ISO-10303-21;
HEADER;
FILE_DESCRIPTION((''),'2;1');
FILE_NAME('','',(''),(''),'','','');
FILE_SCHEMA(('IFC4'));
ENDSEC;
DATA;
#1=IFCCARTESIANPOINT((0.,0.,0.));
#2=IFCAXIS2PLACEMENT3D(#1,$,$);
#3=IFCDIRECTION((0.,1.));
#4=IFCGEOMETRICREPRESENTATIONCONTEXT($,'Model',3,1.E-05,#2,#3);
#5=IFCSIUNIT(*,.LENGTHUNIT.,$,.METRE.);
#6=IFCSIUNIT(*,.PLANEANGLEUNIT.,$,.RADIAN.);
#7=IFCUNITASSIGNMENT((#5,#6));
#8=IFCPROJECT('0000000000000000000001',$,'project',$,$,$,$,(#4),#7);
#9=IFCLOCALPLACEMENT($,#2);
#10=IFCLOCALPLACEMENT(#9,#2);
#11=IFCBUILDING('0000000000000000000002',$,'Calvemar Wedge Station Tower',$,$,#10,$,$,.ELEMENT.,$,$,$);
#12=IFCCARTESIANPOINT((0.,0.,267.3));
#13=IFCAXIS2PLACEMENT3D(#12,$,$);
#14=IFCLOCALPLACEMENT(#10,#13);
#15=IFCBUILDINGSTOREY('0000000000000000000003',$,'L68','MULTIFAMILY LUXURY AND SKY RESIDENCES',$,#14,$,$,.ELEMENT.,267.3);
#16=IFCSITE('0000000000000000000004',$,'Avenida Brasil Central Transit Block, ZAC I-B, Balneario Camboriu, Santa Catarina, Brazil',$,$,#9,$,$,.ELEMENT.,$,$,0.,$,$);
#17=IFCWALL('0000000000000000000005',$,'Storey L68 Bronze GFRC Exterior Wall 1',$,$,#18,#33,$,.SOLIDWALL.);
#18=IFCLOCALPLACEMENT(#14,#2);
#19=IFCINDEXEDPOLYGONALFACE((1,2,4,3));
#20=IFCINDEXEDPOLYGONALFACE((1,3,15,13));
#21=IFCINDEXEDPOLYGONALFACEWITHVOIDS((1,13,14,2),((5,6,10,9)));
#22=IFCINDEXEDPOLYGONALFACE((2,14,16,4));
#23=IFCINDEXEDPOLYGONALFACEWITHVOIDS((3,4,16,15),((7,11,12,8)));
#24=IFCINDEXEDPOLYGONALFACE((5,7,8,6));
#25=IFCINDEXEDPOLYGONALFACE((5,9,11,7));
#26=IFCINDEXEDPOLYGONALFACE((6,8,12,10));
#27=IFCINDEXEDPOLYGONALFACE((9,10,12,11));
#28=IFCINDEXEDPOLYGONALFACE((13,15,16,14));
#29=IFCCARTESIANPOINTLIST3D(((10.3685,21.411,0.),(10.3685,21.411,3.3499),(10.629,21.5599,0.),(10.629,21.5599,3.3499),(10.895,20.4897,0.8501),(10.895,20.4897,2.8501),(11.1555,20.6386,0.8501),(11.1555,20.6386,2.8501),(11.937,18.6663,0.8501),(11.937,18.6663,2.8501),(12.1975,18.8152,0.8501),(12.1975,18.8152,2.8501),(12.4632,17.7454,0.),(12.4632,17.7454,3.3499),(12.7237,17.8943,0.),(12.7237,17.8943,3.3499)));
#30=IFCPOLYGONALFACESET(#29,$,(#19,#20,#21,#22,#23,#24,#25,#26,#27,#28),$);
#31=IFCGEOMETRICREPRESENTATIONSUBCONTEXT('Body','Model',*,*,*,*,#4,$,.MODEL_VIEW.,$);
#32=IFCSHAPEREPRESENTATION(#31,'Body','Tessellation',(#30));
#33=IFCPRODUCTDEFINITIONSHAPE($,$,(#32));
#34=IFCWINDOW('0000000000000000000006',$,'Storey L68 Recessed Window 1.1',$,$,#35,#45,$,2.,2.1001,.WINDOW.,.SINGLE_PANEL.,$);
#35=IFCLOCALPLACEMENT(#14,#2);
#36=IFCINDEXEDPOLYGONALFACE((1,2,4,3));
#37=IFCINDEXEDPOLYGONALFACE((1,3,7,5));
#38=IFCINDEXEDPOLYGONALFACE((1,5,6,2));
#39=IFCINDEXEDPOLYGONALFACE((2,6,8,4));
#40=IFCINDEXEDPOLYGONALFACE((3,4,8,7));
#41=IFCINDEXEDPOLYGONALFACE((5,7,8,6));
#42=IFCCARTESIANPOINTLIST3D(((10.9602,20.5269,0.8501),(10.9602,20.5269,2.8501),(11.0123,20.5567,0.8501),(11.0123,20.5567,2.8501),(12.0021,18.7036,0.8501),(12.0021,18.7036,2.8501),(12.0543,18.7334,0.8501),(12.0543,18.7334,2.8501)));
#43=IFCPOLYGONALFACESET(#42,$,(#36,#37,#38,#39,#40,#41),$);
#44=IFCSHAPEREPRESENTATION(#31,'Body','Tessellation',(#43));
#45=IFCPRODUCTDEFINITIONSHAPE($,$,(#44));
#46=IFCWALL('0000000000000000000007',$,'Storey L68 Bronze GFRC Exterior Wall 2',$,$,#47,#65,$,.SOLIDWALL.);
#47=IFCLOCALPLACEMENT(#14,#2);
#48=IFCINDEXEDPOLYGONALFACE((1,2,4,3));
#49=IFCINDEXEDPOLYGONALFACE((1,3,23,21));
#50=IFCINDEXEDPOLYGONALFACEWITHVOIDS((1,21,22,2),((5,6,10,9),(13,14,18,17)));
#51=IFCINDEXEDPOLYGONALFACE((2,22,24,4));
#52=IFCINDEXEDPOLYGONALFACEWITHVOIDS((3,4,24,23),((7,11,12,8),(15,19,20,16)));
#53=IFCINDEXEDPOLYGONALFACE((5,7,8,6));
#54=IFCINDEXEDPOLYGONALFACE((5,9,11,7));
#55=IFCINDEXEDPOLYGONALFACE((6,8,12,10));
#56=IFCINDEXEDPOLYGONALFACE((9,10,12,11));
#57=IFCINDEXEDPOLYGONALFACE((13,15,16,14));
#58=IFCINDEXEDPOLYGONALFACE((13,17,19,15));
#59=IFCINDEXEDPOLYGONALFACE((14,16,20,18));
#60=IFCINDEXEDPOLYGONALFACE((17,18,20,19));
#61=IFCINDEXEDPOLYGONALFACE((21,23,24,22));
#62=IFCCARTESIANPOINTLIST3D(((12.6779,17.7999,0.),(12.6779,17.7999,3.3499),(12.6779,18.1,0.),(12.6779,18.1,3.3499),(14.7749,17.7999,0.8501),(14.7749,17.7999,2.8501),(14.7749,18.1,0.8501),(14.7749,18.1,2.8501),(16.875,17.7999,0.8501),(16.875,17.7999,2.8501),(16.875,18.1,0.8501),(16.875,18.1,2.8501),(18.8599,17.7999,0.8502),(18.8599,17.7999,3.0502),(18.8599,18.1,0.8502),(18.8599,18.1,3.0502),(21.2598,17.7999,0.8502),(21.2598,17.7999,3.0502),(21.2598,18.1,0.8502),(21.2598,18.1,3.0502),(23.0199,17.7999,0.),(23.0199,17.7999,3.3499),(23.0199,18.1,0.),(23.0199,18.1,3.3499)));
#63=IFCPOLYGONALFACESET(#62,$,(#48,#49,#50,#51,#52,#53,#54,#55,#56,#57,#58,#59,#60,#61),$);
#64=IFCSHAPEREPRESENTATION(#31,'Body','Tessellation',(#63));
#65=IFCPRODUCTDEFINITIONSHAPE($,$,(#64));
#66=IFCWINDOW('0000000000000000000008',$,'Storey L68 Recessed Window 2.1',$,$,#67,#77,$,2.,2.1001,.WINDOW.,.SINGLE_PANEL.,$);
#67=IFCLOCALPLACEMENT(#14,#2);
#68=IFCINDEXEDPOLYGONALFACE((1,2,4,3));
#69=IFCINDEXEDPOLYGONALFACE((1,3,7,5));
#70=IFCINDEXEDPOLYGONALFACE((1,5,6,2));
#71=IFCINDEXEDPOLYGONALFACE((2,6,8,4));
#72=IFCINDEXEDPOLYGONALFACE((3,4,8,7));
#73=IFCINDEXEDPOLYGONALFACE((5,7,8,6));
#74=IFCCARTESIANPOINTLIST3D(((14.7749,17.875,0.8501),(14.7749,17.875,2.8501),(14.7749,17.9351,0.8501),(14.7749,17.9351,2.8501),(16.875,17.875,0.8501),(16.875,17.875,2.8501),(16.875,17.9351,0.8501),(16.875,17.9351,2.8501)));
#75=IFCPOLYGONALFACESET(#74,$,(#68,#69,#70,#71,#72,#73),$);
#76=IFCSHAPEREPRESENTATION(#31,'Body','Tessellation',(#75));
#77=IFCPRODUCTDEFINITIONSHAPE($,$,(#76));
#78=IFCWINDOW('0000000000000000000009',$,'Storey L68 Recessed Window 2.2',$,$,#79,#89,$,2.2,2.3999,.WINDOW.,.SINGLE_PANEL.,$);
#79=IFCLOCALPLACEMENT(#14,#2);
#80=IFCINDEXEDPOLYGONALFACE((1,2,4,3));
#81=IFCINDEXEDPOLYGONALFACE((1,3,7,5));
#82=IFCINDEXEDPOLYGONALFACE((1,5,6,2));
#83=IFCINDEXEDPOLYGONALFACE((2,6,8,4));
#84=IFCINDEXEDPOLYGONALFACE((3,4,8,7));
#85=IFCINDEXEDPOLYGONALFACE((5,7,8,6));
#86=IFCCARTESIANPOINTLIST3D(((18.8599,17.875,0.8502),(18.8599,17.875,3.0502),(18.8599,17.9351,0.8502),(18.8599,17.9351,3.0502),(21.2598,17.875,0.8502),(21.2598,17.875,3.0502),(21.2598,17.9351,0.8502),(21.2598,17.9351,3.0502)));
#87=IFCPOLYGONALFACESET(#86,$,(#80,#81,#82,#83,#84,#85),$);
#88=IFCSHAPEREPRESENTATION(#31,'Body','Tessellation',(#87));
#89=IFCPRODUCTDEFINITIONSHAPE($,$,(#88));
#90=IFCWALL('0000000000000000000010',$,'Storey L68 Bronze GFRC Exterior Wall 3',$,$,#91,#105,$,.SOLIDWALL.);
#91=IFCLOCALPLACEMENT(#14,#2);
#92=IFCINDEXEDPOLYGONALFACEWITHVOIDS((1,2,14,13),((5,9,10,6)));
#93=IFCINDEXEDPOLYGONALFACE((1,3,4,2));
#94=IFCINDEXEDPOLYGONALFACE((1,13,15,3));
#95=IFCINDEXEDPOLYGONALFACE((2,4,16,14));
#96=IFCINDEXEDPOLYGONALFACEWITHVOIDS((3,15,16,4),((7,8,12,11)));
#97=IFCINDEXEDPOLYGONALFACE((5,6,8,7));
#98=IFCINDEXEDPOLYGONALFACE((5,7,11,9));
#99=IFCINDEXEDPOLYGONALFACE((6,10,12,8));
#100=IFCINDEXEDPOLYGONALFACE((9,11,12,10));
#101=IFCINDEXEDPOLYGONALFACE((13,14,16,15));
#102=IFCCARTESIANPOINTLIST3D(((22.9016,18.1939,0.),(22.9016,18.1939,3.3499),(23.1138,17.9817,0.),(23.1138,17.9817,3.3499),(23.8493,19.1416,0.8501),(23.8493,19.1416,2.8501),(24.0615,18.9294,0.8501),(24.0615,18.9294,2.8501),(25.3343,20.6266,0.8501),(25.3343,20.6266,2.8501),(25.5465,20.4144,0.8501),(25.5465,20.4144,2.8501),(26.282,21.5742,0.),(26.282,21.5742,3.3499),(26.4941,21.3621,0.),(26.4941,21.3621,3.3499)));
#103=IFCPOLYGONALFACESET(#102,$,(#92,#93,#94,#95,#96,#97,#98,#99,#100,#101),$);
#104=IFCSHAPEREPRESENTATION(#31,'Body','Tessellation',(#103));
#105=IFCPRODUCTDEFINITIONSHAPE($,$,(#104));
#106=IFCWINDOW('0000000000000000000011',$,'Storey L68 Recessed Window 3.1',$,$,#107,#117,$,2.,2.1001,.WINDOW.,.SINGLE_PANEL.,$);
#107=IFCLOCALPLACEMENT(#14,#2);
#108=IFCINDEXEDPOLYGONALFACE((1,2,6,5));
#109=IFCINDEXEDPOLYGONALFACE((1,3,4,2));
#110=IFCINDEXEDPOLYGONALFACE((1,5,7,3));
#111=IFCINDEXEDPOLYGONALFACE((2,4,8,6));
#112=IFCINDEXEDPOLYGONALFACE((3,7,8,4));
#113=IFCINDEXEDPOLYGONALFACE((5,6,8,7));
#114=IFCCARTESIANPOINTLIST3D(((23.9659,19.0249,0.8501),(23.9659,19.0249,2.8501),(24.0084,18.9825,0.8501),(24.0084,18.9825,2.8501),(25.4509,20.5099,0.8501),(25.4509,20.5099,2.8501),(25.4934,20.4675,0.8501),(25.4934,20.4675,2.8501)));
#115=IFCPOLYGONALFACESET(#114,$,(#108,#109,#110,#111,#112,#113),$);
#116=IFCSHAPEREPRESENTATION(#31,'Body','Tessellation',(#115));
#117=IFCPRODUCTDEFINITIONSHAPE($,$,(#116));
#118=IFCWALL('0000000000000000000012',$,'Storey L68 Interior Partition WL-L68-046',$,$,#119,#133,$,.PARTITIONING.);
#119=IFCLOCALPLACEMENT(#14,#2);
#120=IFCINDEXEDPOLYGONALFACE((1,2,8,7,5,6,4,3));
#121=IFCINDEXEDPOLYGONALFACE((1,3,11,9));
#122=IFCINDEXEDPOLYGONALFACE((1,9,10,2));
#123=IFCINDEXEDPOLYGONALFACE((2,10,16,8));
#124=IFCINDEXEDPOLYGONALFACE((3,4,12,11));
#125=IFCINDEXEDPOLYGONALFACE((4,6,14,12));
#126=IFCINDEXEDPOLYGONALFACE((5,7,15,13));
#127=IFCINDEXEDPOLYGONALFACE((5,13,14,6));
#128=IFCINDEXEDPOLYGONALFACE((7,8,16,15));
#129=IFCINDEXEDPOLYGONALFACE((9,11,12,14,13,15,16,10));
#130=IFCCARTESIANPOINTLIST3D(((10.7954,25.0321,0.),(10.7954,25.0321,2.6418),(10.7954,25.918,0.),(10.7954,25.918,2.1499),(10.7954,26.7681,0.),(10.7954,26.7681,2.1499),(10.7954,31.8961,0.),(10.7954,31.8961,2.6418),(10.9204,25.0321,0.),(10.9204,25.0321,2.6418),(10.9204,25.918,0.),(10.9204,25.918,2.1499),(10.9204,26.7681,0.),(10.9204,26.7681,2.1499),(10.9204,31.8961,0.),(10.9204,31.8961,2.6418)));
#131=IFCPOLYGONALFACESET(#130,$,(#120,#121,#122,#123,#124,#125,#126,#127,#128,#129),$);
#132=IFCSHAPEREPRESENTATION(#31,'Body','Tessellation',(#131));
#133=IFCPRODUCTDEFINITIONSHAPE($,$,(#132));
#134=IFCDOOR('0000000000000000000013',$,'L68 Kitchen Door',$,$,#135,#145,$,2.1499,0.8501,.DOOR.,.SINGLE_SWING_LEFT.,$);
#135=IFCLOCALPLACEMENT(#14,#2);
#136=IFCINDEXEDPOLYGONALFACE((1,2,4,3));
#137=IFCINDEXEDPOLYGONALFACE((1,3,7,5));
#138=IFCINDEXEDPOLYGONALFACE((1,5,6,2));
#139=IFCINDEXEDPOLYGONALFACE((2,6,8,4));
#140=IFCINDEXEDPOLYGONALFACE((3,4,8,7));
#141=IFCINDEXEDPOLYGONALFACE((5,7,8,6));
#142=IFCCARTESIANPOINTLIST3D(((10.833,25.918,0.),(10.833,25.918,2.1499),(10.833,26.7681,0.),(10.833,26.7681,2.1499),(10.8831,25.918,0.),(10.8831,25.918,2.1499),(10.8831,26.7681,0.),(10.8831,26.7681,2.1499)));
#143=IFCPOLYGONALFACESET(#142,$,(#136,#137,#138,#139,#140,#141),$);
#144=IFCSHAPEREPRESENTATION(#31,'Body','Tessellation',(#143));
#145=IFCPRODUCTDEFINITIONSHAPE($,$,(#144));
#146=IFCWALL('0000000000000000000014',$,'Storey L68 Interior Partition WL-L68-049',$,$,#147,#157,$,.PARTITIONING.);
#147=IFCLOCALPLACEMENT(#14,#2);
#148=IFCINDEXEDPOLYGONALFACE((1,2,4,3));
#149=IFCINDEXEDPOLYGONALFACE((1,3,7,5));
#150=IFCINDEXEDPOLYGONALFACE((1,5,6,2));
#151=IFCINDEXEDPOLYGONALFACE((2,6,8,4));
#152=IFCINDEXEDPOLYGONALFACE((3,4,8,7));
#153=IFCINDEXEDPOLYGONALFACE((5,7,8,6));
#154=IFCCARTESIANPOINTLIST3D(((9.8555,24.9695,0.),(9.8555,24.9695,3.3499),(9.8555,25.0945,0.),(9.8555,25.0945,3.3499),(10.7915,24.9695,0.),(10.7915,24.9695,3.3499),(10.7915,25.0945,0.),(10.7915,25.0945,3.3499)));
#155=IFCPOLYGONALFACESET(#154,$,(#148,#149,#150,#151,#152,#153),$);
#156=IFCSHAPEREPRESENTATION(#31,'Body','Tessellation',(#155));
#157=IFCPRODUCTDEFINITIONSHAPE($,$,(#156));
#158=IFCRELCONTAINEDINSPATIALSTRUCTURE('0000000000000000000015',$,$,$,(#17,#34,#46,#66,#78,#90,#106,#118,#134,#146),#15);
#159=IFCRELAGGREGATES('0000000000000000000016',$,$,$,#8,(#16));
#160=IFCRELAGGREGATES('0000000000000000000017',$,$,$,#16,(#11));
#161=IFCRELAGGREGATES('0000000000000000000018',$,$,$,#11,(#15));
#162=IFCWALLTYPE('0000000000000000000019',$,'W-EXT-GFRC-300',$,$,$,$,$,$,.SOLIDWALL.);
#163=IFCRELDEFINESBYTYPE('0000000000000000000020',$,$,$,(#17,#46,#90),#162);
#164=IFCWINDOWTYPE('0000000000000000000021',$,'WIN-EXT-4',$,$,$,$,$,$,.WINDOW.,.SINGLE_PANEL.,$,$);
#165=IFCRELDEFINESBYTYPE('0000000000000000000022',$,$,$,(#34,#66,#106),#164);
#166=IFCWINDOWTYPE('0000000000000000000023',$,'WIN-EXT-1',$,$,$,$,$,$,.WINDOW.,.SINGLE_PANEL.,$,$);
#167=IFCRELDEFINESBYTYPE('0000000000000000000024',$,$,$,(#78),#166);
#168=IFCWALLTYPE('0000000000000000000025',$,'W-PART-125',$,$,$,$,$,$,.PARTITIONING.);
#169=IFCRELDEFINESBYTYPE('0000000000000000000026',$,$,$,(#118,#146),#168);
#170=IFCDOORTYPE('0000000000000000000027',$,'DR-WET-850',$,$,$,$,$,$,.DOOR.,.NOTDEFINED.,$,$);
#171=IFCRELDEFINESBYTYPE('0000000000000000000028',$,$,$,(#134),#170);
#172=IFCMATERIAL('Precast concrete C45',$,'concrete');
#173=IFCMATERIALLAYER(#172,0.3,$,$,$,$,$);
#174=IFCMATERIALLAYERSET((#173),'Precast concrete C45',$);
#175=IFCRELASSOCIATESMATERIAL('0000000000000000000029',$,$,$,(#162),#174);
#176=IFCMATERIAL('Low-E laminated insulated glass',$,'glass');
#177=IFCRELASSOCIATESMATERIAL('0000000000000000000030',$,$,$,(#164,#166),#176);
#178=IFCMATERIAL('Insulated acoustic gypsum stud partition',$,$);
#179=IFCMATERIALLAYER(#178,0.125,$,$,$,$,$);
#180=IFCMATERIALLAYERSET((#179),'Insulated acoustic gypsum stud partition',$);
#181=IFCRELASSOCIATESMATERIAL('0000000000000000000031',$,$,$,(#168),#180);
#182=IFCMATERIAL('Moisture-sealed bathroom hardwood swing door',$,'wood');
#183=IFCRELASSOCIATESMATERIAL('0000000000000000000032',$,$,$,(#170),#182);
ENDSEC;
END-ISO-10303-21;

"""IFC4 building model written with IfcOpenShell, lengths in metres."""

from ifc_helpers import new_model, si_unit, direction, frame, frame_2d, origin, place, context, subcontext, project, spatial, rectangle, extrude, source, transform, mapped, material, layer, layer_set, type_object, element, fill, save


model = new_model("IFC4")

# Units and contexts
model_context = context("Model", 3, precision=1e-05, world=origin(), true_north=direction((0.0, 1.0)))
body_context = subcontext(model_context, "Body", "Model", "MODEL_VIEW")
ifc_project = project(units=[si_unit("LENGTHUNIT", "METRE"), si_unit("PLANEANGLEUNIT", "RADIAN")], contexts=[model_context])

# Site, building, storey
site_placement = place(None, origin())
site = spatial("IfcSite", under=ifc_project, at=site_placement, Name="Avenida Brasil Central Transit Block, ZAC I-B, Balneario Camboriu, Santa Catarina, Brazil", CompositionType="ELEMENT", RefElevation=0.0)
building_placement = place(site_placement, origin())
building = spatial("IfcBuilding", under=site, at=building_placement, Name="Calvemar Wedge Station Tower", CompositionType="ELEMENT")
storey_placement = place(building_placement, frame((0.0, 0.0, 267.3)))
storey = spatial("IfcBuildingStorey", under=building, at=storey_placement, Name="L68", Description="MULTIFAMILY LUXURY AND SKY RESIDENCES", CompositionType="ELEMENT", Elevation=267.3)

# Shared definitions
ifc_material_1 = material(Name="Precast concrete C45", Category="concrete")

# Wall, opening, window
ifc_layer_1 = layer(ifc_material_1, 0.3)
ifc_layer_set_1 = layer_set([ifc_layer_1], Name="Precast concrete C45")
wall_type_1 = type_object("IfcWallType", Name="W-EXT-GFRC-300", PredefinedType="SOLIDWALL", material=ifc_layer_set_1)
wall_1_placement = place(storey_placement, frame((10.4988, 21.4854, 0.0), z_axis=(0.0, 0.0, 1.0), x_axis=(0.496164, -0.868229, 0.0)))
wall_1 = element("IfcWall", 1, at=wall_1_placement, inside=storey, type_object=wall_type_1, Name="Storey L68 Bronze GFRC Exterior Wall 1", PredefinedType="SOLIDWALL", context=body_context, shape_type="SweptSolid", body=[
    extrude(rectangle(XDim=4.2219, YDim=0.3, at=frame_2d((2.1108, 0.0))), origin(), (0.0, 0.0, 1.0), 3.3499),
])
shared_shape_1 = source(origin(), body_context, "Body", "SweptSolid", [
    extrude(rectangle(XDim=2.1001, YDim=2.0, at=frame_2d((1.05, 1.0))), frame((0.0, 0.1602, 0.0), z_axis=(0.0, -1.0, 0.0), x_axis=(1.0, 0.0, 0.0)), (0.0, 0.0, 1.0), 0.3201),
])
opening_1_placement = place(wall_1_placement, frame((1.061, 0.0, 0.8501)))
opening_1 = element("IfcOpeningElement", 2, at=opening_1_placement, cuts=wall_1, PredefinedType="OPENING", context=body_context, shape_type="MappedRepresentation", body=[
    mapped(shared_shape_1, transform((0.0, 0.0, 0.0), scale=1.0)),
])
ifc_material_2 = material(Name="Low-E laminated insulated glass", Category="glass")
window_type_1 = type_object("IfcWindowType", Name="WIN-EXT-4", PartitioningType="SINGLE_PANEL", PredefinedType="WINDOW", material=ifc_material_2)
shared_shape_2 = source(origin(), body_context, "Body", "SweptSolid", [
    extrude(rectangle(XDim=2.1001, YDim=2.0, at=frame_2d((1.05, 1.0))), frame((0.0, -0.0149, 0.0), z_axis=(0.0, -1.0, 0.0), x_axis=(1.0, 0.0, 0.0)), (0.0, 0.0, 1.0), 0.0601),
])
window_1_placement = place(opening_1_placement, origin())
window_1 = element("IfcWindow", 3, at=window_1_placement, inside=storey, type_object=window_type_1, Name="Storey L68 Recessed Window 1.1", OverallHeight=2.0, OverallWidth=2.1001, PartitioningType="SINGLE_PANEL", PredefinedType="WINDOW", context=body_context, shape_type="MappedRepresentation", body=[
    mapped(shared_shape_2, transform((0.0, 0.0, 0.0), scale=1.0)),
])
fill(opening_1, window_1)

# Wall, openings, windows
wall_2_placement = place(storey_placement, frame((12.678, 17.95, 0.0), z_axis=(0.0, 0.0, 1.0), x_axis=(1.0, 0.0, 0.0)))
wall_2 = element("IfcWall", 4, at=wall_2_placement, inside=storey, type_object=wall_type_1, Name="Storey L68 Bronze GFRC Exterior Wall 2", PredefinedType="SOLIDWALL", context=body_context, shape_type="SweptSolid", body=[
    extrude(rectangle(XDim=10.342, YDim=0.3, at=frame_2d((5.1709, 0.0))), origin(), (0.0, 0.0, 1.0), 3.3499),
])
opening_2_placement = place(wall_2_placement, frame((2.0969, 0.0, 0.8501)))
opening_2 = element("IfcOpeningElement", 5, at=opening_2_placement, cuts=wall_2, PredefinedType="OPENING", context=body_context, shape_type="MappedRepresentation", body=[
    mapped(shared_shape_1, transform((0.0, 0.0, 0.0), scale=1.0)),
])
shared_shape_3 = source(origin(), body_context, "Body", "SweptSolid", [
    extrude(rectangle(XDim=2.3999, YDim=2.2, at=frame_2d((1.2, 1.1001))), frame((0.0, 0.1602, 0.0), z_axis=(0.0, -1.0, 0.0), x_axis=(1.0, 0.0, 0.0)), (0.0, 0.0, 1.0), 0.3201),
])
opening_3_placement = place(wall_2_placement, frame((6.1819, 0.0, 0.8501)))
opening_3 = element("IfcOpeningElement", 6, at=opening_3_placement, cuts=wall_2, PredefinedType="OPENING", context=body_context, shape_type="MappedRepresentation", body=[
    mapped(shared_shape_3, transform((0.0, 0.0, 0.0), scale=1.0)),
])
window_2_placement = place(opening_2_placement, origin())
window_2 = element("IfcWindow", 7, at=window_2_placement, inside=storey, type_object=window_type_1, Name="Storey L68 Recessed Window 2.1", OverallHeight=2.0, OverallWidth=2.1001, PartitioningType="SINGLE_PANEL", PredefinedType="WINDOW", context=body_context, shape_type="MappedRepresentation", body=[
    mapped(shared_shape_2, transform((0.0, 0.0, 0.0), scale=1.0)),
])
fill(opening_2, window_2)
window_type_2 = type_object("IfcWindowType", Name="WIN-EXT-1", PartitioningType="SINGLE_PANEL", PredefinedType="WINDOW", material=ifc_material_2)
shared_shape_4 = source(origin(), body_context, "Body", "SweptSolid", [
    extrude(rectangle(XDim=2.3999, YDim=2.2, at=frame_2d((1.2, 1.1001))), frame((0.0, -0.0149, 0.0), z_axis=(0.0, -1.0, 0.0), x_axis=(1.0, 0.0, 0.0)), (0.0, 0.0, 1.0), 0.0601),
])
window_3_placement = place(opening_3_placement, origin())
window_3 = element("IfcWindow", 8, at=window_3_placement, inside=storey, type_object=window_type_2, Name="Storey L68 Recessed Window 2.2", OverallHeight=2.2, OverallWidth=2.3999, PartitioningType="SINGLE_PANEL", PredefinedType="WINDOW", context=body_context, shape_type="MappedRepresentation", body=[
    mapped(shared_shape_4, transform((0.0, 0.0, 0.0), scale=1.0)),
])
fill(opening_3, window_3)

# Wall, opening, window
wall_3_placement = place(storey_placement, frame((23.0078, 18.0879, 0.0), z_axis=(0.0, 0.0, 1.0), x_axis=(0.707107, 0.707107, 0.0)))
wall_3 = element("IfcWall", 9, at=wall_3_placement, inside=storey, type_object=wall_type_1, Name="Storey L68 Bronze GFRC Exterior Wall 3", PredefinedType="SOLIDWALL", context=body_context, shape_type="SweptSolid", body=[
    extrude(rectangle(XDim=4.7805, YDim=0.3, at=frame_2d((2.3901, 0.0))), origin(), (0.0, 0.0, 1.0), 3.3499),
])
opening_4_placement = place(wall_3_placement, frame((1.3401, 0.0, 0.8501)))
opening_4 = element("IfcOpeningElement", 10, at=opening_4_placement, cuts=wall_3, PredefinedType="OPENING", context=body_context, shape_type="MappedRepresentation", body=[
    mapped(shared_shape_1, transform((0.0, 0.0, 0.0), scale=1.0)),
])
window_4_placement = place(opening_4_placement, origin())
window_4 = element("IfcWindow", 11, at=window_4_placement, inside=storey, type_object=window_type_1, Name="Storey L68 Recessed Window 3.1", OverallHeight=2.0, OverallWidth=2.1001, PartitioningType="SINGLE_PANEL", PredefinedType="WINDOW", context=body_context, shape_type="MappedRepresentation", body=[
    mapped(shared_shape_2, transform((0.0, 0.0, 0.0), scale=1.0)),
])
fill(opening_4, window_4)

# Wall, opening, door
ifc_material_3 = material(Name="Insulated acoustic gypsum stud partition")
ifc_layer_2 = layer(ifc_material_3, 0.125)
ifc_layer_set_2 = layer_set([ifc_layer_2], Name="Insulated acoustic gypsum stud partition")
wall_type_2 = type_object("IfcWallType", Name="W-PART-125", PredefinedType="PARTITIONING", material=ifc_layer_set_2)
wall_4_placement = place(storey_placement, frame((10.8579, 25.032, 0.0), z_axis=(0.0, 0.0, 1.0), x_axis=(0.0, 1.0, 0.0)))
wall_4 = element("IfcWall", 12, at=wall_4_placement, inside=storey, type_object=wall_type_2, Name="Storey L68 Interior Partition WL-L68-046", PredefinedType="PARTITIONING", context=body_context, shape_type="SweptSolid", body=[
    extrude(rectangle(XDim=6.864, YDim=0.125, at=frame_2d((3.4321, 0.0))), origin(), (0.0, 0.0, 1.0), 2.6418),
])
shared_shape_5 = source(origin(), body_context, "Body", "SweptSolid", [
    extrude(rectangle(XDim=0.8501, YDim=2.1499, at=frame_2d((0.425, 1.075))), frame((0.0, 0.0725, 0.0), z_axis=(0.0, -1.0, 0.0), x_axis=(1.0, 0.0, 0.0)), (0.0, 0.0, 1.0), 0.145),
])
opening_5_placement = place(wall_4_placement, frame((0.886, 0.0, 0.0)))
opening_5 = element("IfcOpeningElement", 13, at=opening_5_placement, cuts=wall_4, PredefinedType="OPENING", context=body_context, shape_type="MappedRepresentation", body=[
    mapped(shared_shape_5, transform((0.0, 0.0, 0.0), scale=1.0)),
])
ifc_material_4 = material(Name="Moisture-sealed bathroom hardwood swing door", Category="wood")
door_type_1 = type_object("IfcDoorType", Name="DR-WET-850", OperationType="NOTDEFINED", PredefinedType="DOOR", material=ifc_material_4)
shared_shape_6 = source(origin(), body_context, "Body", "SweptSolid", [
    extrude(rectangle(XDim=0.8501, YDim=2.1499, at=frame_2d((0.425, 1.075))), frame((0.0, 0.0249, 0.0), z_axis=(0.0, -1.0, 0.0), x_axis=(1.0, 0.0, 0.0)), (0.0, 0.0, 1.0), 0.05),
])
door_1_placement = place(opening_5_placement, origin())
door_1 = element("IfcDoor", 14, at=door_1_placement, inside=storey, type_object=door_type_1, Name="L68 Kitchen Door", OperationType="SINGLE_SWING_LEFT", OverallHeight=2.1499, OverallWidth=0.8501, PredefinedType="DOOR", context=body_context, shape_type="MappedRepresentation", body=[
    mapped(shared_shape_6, transform((0.0, 0.0, 0.0), scale=1.0)),
])
fill(opening_5, door_1)

# Wall
wall_5_placement = place(storey_placement, frame((10.7915, 25.032, 0.0), z_axis=(0.0, 0.0, 1.0), x_axis=(-1.0, 0.0, 0.0)))
element("IfcWall", 15, at=wall_5_placement, inside=storey, type_object=wall_type_2, Name="Storey L68 Interior Partition WL-L68-049", PredefinedType="PARTITIONING", context=body_context, shape_type="SweptSolid", body=[
    extrude(rectangle(XDim=0.936, YDim=0.125, at=frame_2d((0.468, 0.0))), origin(), (0.0, 0.0, 1.0), 3.3499),
])

save(model, "model.ifc")
